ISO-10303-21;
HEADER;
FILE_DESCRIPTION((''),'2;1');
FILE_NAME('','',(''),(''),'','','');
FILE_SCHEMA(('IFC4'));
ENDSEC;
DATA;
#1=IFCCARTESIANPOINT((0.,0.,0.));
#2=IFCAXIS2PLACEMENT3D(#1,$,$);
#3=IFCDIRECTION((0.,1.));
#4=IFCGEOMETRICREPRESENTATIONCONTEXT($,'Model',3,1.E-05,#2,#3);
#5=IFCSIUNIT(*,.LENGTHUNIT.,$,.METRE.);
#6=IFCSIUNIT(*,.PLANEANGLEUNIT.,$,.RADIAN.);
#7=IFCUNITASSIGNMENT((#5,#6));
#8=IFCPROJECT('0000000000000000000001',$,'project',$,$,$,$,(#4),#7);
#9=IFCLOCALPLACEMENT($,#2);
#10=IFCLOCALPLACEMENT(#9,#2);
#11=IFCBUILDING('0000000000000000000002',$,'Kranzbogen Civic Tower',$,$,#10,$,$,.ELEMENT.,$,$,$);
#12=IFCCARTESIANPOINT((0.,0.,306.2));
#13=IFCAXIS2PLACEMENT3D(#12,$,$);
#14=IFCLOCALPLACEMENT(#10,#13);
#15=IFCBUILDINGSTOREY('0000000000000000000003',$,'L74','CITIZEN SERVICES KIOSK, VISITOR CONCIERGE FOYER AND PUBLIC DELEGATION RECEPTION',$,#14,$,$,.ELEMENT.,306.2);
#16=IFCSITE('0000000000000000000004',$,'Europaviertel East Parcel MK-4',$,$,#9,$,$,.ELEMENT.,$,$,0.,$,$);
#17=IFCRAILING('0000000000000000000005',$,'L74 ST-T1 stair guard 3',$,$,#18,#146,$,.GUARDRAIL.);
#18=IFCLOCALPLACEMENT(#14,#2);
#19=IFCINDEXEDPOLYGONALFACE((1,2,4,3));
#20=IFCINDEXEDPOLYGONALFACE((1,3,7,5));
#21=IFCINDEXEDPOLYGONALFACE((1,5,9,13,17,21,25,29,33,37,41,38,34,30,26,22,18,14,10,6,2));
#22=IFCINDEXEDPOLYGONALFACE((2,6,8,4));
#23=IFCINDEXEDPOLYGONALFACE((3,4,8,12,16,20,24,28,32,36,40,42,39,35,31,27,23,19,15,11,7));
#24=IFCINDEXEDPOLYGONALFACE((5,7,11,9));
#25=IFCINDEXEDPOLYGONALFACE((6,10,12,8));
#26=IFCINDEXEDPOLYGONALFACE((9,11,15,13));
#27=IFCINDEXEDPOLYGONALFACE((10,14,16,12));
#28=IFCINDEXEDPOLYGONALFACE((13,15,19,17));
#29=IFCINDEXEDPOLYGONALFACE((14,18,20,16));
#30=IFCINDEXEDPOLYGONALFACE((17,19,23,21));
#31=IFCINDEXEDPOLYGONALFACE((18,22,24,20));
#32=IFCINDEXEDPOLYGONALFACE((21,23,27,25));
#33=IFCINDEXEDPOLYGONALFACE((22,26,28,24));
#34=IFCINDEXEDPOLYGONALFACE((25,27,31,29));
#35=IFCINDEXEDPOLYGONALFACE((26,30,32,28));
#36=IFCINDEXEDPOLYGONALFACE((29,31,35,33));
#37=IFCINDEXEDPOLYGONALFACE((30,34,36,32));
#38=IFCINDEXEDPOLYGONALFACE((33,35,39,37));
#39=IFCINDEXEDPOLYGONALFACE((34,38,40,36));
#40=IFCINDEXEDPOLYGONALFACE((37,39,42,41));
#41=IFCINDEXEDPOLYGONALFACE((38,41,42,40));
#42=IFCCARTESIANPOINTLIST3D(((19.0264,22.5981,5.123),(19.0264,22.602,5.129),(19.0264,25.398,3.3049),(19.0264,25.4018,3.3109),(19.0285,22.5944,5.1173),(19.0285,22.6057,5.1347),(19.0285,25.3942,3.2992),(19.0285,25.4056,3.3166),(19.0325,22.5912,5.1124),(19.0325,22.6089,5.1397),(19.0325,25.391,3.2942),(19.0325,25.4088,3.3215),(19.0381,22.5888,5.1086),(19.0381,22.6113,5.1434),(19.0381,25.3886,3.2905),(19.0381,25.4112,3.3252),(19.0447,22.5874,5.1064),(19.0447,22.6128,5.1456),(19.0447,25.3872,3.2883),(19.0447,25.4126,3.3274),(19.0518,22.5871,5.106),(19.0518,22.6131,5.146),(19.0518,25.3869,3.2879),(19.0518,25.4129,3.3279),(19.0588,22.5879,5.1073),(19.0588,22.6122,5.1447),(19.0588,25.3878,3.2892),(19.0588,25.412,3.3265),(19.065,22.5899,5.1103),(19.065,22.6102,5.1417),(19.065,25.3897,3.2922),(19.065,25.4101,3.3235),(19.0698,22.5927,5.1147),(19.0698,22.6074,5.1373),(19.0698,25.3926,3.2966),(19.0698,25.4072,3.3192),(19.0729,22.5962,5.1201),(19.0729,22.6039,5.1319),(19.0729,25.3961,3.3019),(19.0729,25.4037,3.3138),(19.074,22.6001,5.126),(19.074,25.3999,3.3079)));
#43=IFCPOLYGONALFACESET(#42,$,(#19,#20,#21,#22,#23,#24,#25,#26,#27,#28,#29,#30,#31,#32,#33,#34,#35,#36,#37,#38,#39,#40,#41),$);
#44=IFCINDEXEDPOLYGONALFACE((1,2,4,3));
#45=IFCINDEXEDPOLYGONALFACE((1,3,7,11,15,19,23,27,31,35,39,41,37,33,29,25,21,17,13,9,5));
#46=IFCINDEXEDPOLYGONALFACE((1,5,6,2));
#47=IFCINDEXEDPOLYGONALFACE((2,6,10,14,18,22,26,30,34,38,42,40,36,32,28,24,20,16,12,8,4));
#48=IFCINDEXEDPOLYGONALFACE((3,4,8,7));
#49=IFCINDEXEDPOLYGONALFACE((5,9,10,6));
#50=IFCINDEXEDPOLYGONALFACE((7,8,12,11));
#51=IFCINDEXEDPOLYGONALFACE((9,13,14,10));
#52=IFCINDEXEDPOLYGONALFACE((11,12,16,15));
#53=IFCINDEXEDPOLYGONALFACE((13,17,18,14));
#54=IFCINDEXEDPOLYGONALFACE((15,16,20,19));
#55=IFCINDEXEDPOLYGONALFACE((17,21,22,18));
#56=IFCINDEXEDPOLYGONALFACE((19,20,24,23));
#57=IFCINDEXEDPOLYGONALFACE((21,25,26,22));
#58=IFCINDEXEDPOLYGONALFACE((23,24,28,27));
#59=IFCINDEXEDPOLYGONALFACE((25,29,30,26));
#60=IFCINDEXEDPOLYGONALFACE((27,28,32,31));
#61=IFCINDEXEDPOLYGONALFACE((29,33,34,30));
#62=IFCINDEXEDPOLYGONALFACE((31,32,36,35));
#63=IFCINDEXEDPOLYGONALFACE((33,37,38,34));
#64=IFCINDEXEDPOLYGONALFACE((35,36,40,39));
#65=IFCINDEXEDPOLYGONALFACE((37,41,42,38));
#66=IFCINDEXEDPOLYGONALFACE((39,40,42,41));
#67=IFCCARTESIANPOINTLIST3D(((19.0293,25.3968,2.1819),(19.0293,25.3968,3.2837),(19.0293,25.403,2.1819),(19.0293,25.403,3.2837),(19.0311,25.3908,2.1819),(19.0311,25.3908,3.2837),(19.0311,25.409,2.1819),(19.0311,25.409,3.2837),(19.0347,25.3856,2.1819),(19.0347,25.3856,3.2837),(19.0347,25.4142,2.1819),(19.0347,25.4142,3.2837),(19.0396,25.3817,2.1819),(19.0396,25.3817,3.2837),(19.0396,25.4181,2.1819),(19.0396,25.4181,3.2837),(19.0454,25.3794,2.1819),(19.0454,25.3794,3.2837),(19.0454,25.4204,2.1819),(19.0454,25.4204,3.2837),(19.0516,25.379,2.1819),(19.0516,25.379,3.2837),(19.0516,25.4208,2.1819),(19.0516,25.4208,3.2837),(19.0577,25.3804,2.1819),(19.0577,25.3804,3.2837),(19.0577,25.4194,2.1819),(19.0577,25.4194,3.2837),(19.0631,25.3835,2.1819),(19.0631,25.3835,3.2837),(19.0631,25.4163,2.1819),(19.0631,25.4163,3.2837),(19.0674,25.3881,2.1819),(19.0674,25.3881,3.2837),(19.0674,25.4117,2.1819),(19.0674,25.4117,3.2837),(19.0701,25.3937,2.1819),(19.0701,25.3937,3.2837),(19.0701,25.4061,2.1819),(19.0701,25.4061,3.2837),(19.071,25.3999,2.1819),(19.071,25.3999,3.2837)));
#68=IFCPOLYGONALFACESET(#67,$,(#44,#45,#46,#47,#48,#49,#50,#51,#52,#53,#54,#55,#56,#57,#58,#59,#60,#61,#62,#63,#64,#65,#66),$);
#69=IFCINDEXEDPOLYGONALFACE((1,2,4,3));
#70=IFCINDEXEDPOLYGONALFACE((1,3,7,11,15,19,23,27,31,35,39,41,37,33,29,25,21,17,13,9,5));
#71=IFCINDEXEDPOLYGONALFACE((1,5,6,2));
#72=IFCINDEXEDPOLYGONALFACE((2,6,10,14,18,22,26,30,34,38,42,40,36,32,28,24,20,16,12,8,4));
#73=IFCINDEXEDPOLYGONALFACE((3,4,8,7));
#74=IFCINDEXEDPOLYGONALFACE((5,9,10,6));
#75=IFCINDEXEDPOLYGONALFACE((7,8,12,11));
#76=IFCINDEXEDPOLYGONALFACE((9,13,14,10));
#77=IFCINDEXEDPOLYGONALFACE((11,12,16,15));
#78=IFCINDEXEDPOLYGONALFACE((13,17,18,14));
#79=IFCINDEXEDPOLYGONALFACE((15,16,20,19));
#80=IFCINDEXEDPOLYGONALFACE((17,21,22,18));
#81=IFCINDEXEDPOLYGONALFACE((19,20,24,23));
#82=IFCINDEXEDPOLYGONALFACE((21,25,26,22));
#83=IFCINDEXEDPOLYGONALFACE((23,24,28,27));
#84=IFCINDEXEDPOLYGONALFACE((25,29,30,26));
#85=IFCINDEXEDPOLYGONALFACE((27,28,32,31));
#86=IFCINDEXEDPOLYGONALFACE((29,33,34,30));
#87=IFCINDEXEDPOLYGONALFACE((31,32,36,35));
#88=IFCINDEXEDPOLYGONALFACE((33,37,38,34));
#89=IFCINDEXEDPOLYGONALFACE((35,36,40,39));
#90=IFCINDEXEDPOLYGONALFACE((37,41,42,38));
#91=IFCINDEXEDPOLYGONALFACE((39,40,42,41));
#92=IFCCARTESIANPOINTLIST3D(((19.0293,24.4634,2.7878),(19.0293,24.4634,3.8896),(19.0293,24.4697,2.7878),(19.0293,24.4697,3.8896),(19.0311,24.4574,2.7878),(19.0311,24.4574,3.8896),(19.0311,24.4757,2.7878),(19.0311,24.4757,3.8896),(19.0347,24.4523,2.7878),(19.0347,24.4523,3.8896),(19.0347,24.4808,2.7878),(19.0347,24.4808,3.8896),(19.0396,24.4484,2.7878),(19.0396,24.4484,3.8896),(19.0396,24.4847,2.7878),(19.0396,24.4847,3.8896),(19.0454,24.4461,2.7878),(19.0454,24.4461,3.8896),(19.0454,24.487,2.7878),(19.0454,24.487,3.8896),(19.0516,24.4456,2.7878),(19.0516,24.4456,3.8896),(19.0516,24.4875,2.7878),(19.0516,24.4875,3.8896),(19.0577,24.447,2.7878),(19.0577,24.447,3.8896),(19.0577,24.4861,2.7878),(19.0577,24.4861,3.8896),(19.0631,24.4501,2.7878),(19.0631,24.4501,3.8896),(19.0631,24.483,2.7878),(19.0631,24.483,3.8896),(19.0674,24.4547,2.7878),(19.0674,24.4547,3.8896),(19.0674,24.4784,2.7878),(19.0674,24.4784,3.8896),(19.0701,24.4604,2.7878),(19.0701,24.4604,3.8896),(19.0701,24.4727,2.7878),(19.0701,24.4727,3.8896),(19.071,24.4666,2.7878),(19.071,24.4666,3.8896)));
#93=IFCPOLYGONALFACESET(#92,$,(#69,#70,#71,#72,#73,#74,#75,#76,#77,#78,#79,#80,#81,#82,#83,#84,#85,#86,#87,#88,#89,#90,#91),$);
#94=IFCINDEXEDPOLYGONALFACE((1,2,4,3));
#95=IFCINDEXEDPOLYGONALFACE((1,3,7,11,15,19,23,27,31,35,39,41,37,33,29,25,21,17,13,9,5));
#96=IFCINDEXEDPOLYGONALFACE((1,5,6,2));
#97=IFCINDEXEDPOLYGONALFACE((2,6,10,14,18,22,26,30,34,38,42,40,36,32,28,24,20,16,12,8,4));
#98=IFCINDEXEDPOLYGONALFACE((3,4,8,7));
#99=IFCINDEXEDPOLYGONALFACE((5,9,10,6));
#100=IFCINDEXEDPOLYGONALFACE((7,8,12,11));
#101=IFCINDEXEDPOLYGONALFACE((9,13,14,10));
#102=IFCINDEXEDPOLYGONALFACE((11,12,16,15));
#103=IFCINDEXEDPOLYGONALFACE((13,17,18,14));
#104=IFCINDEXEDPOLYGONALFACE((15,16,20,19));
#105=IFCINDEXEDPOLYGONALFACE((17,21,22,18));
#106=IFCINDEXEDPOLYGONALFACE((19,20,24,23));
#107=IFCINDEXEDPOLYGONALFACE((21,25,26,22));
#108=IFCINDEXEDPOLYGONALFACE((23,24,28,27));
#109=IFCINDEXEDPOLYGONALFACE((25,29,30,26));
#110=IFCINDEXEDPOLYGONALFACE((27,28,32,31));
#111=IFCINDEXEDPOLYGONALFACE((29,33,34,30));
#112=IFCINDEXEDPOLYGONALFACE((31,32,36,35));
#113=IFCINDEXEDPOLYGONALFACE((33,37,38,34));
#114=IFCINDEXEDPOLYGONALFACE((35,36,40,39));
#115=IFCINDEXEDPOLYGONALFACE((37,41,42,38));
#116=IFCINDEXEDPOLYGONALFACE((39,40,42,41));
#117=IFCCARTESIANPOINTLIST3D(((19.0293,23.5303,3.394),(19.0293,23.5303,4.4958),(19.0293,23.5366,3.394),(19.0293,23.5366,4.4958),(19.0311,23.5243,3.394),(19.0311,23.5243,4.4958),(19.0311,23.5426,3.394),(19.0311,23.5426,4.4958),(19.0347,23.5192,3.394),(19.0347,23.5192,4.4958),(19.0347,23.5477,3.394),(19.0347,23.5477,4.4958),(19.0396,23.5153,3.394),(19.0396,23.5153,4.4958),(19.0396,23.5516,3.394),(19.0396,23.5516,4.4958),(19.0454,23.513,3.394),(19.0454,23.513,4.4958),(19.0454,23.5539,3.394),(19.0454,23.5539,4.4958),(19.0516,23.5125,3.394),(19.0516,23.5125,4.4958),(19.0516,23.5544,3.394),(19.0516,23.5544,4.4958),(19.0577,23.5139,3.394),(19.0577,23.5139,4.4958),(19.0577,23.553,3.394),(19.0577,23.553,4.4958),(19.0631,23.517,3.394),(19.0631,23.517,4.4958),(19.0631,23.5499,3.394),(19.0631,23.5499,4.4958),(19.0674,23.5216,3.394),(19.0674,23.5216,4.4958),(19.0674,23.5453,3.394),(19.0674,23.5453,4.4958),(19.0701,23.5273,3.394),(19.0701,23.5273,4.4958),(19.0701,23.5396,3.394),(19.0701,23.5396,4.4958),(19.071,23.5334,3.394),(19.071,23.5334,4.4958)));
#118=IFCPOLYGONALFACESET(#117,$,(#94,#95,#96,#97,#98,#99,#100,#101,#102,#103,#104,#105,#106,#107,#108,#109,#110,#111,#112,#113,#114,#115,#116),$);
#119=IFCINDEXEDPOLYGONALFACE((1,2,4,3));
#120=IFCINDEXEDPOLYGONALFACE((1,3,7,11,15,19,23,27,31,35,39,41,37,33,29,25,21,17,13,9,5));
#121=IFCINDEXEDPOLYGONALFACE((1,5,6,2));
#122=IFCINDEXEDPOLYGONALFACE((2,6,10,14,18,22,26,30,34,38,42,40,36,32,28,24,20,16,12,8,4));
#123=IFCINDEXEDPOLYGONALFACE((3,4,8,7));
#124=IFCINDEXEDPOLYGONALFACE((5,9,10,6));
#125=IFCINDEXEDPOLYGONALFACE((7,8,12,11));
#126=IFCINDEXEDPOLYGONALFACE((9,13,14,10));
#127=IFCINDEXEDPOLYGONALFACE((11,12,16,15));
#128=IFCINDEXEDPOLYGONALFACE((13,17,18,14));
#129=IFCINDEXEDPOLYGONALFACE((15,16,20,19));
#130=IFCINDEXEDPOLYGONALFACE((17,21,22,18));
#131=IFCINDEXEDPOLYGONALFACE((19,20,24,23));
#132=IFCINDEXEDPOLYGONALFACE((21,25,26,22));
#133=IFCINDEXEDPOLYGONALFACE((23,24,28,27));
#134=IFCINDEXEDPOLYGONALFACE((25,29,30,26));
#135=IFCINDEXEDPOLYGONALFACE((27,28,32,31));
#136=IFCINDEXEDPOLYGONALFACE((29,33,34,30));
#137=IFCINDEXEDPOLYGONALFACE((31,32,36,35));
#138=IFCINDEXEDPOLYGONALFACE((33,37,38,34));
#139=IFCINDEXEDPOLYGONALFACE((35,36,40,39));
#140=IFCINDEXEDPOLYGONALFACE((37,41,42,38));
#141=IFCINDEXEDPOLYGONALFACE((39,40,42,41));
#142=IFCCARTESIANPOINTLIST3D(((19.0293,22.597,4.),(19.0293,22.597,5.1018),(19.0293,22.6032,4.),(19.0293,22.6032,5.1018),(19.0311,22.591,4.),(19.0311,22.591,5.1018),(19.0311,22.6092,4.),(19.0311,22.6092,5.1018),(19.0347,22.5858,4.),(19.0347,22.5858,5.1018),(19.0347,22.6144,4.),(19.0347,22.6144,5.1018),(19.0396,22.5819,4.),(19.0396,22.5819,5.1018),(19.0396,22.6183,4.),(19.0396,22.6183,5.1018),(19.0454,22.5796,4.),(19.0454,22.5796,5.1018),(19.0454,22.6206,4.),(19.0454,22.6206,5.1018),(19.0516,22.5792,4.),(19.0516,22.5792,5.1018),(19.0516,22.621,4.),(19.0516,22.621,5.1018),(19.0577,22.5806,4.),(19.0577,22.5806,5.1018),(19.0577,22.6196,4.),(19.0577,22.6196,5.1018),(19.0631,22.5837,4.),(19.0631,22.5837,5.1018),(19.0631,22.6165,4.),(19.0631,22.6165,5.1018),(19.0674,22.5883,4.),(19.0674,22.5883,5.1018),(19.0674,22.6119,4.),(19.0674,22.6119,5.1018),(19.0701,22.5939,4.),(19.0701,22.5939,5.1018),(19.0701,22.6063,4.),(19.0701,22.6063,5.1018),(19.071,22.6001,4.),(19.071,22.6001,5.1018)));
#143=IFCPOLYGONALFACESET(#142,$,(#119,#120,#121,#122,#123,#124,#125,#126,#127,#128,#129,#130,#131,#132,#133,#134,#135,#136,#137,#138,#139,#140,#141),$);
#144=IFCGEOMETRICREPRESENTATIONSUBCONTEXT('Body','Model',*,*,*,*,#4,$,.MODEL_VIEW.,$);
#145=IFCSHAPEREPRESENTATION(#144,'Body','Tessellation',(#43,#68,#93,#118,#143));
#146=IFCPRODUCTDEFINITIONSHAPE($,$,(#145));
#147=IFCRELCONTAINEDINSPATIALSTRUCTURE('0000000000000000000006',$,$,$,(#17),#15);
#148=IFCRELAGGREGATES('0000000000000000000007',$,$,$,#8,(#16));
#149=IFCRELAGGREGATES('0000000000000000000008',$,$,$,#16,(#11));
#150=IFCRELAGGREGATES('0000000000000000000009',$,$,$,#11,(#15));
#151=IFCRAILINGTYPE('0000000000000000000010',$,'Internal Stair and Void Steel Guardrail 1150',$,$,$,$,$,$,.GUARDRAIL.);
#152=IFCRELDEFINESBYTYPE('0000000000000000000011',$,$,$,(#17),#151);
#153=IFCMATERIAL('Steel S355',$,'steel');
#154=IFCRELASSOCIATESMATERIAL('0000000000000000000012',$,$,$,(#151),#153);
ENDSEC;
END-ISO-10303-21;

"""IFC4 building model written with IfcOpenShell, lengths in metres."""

from ifc_helpers import new_model, si_unit, direction, frame, origin, origin_2d, place, context, subcontext, project, spatial, circle, extrude, material, type_object, element, save


model = new_model("IFC4")

# Units and contexts
model_context = context("Model", 3, precision=1e-05, world=origin(), true_north=direction((0.0, 1.0)))
body_context = subcontext(model_context, "Body", "Model", "MODEL_VIEW")
ifc_project = project(units=[si_unit("LENGTHUNIT", "METRE"), si_unit("PLANEANGLEUNIT", "RADIAN")], contexts=[model_context])

# Site, building, storey
site_placement = place(None, origin())
site = spatial("IfcSite", under=ifc_project, at=site_placement, Name="Europaviertel East Parcel MK-4", CompositionType="ELEMENT", RefElevation=0.0)
building_placement = place(site_placement, origin())
building = spatial("IfcBuilding", under=site, at=building_placement, Name="Kranzbogen Civic Tower", CompositionType="ELEMENT")
storey_placement = place(building_placement, frame((0.0, 0.0, 306.2)))
storey = spatial("IfcBuildingStorey", under=building, at=storey_placement, Name="L74", Description="CITIZEN SERVICES KIOSK, VISITOR CONCIERGE FOYER AND PUBLIC DELEGATION RECEPTION", CompositionType="ELEMENT", Elevation=306.2)

# Shared definitions
ifc_material_1 = material(Name="Steel S355", Category="steel")

# Railing
railing_type_1 = type_object("IfcRailingType", Name="Internal Stair and Void Steel Guardrail 1150", PredefinedType="GUARDRAIL", material=ifc_material_1)
railing_1_placement = place(storey_placement, frame((19.05, 25.3999, 2.1819)))
element("IfcRailing", 1, at=railing_1_placement, inside=storey, type_object=railing_type_1, Name="L74 ST-T1 stair guard 3", PredefinedType="GUARDRAIL", context=body_context, shape_type="SweptSolid", body=[
    extrude(circle(Radius=0.0239, at=origin_2d()), frame((0.0, 0.0, 1.126), z_axis=(0.0, -0.838684, 0.544618), x_axis=(1.0, 0.0, 0.0)), (0.0, 0.0, 1.0), 3.3384),
    extrude(circle(Radius=0.021, at=origin_2d()), origin(), (0.0, 0.0, 1.0), 1.1018),
    extrude(circle(Radius=0.021, at=origin_2d()), frame((0.0, -0.9333, 0.606)), (0.0, 0.0, 1.0), 1.1018),
    extrude(circle(Radius=0.021, at=origin_2d()), frame((0.0, -1.8665, 1.2122)), (0.0, 0.0, 1.0), 1.1018),
    extrude(circle(Radius=0.021, at=origin_2d()), frame((0.0, -2.7998, 1.8181)), (0.0, 0.0, 1.0), 1.1018),
])

save(model, "model.ifc")
